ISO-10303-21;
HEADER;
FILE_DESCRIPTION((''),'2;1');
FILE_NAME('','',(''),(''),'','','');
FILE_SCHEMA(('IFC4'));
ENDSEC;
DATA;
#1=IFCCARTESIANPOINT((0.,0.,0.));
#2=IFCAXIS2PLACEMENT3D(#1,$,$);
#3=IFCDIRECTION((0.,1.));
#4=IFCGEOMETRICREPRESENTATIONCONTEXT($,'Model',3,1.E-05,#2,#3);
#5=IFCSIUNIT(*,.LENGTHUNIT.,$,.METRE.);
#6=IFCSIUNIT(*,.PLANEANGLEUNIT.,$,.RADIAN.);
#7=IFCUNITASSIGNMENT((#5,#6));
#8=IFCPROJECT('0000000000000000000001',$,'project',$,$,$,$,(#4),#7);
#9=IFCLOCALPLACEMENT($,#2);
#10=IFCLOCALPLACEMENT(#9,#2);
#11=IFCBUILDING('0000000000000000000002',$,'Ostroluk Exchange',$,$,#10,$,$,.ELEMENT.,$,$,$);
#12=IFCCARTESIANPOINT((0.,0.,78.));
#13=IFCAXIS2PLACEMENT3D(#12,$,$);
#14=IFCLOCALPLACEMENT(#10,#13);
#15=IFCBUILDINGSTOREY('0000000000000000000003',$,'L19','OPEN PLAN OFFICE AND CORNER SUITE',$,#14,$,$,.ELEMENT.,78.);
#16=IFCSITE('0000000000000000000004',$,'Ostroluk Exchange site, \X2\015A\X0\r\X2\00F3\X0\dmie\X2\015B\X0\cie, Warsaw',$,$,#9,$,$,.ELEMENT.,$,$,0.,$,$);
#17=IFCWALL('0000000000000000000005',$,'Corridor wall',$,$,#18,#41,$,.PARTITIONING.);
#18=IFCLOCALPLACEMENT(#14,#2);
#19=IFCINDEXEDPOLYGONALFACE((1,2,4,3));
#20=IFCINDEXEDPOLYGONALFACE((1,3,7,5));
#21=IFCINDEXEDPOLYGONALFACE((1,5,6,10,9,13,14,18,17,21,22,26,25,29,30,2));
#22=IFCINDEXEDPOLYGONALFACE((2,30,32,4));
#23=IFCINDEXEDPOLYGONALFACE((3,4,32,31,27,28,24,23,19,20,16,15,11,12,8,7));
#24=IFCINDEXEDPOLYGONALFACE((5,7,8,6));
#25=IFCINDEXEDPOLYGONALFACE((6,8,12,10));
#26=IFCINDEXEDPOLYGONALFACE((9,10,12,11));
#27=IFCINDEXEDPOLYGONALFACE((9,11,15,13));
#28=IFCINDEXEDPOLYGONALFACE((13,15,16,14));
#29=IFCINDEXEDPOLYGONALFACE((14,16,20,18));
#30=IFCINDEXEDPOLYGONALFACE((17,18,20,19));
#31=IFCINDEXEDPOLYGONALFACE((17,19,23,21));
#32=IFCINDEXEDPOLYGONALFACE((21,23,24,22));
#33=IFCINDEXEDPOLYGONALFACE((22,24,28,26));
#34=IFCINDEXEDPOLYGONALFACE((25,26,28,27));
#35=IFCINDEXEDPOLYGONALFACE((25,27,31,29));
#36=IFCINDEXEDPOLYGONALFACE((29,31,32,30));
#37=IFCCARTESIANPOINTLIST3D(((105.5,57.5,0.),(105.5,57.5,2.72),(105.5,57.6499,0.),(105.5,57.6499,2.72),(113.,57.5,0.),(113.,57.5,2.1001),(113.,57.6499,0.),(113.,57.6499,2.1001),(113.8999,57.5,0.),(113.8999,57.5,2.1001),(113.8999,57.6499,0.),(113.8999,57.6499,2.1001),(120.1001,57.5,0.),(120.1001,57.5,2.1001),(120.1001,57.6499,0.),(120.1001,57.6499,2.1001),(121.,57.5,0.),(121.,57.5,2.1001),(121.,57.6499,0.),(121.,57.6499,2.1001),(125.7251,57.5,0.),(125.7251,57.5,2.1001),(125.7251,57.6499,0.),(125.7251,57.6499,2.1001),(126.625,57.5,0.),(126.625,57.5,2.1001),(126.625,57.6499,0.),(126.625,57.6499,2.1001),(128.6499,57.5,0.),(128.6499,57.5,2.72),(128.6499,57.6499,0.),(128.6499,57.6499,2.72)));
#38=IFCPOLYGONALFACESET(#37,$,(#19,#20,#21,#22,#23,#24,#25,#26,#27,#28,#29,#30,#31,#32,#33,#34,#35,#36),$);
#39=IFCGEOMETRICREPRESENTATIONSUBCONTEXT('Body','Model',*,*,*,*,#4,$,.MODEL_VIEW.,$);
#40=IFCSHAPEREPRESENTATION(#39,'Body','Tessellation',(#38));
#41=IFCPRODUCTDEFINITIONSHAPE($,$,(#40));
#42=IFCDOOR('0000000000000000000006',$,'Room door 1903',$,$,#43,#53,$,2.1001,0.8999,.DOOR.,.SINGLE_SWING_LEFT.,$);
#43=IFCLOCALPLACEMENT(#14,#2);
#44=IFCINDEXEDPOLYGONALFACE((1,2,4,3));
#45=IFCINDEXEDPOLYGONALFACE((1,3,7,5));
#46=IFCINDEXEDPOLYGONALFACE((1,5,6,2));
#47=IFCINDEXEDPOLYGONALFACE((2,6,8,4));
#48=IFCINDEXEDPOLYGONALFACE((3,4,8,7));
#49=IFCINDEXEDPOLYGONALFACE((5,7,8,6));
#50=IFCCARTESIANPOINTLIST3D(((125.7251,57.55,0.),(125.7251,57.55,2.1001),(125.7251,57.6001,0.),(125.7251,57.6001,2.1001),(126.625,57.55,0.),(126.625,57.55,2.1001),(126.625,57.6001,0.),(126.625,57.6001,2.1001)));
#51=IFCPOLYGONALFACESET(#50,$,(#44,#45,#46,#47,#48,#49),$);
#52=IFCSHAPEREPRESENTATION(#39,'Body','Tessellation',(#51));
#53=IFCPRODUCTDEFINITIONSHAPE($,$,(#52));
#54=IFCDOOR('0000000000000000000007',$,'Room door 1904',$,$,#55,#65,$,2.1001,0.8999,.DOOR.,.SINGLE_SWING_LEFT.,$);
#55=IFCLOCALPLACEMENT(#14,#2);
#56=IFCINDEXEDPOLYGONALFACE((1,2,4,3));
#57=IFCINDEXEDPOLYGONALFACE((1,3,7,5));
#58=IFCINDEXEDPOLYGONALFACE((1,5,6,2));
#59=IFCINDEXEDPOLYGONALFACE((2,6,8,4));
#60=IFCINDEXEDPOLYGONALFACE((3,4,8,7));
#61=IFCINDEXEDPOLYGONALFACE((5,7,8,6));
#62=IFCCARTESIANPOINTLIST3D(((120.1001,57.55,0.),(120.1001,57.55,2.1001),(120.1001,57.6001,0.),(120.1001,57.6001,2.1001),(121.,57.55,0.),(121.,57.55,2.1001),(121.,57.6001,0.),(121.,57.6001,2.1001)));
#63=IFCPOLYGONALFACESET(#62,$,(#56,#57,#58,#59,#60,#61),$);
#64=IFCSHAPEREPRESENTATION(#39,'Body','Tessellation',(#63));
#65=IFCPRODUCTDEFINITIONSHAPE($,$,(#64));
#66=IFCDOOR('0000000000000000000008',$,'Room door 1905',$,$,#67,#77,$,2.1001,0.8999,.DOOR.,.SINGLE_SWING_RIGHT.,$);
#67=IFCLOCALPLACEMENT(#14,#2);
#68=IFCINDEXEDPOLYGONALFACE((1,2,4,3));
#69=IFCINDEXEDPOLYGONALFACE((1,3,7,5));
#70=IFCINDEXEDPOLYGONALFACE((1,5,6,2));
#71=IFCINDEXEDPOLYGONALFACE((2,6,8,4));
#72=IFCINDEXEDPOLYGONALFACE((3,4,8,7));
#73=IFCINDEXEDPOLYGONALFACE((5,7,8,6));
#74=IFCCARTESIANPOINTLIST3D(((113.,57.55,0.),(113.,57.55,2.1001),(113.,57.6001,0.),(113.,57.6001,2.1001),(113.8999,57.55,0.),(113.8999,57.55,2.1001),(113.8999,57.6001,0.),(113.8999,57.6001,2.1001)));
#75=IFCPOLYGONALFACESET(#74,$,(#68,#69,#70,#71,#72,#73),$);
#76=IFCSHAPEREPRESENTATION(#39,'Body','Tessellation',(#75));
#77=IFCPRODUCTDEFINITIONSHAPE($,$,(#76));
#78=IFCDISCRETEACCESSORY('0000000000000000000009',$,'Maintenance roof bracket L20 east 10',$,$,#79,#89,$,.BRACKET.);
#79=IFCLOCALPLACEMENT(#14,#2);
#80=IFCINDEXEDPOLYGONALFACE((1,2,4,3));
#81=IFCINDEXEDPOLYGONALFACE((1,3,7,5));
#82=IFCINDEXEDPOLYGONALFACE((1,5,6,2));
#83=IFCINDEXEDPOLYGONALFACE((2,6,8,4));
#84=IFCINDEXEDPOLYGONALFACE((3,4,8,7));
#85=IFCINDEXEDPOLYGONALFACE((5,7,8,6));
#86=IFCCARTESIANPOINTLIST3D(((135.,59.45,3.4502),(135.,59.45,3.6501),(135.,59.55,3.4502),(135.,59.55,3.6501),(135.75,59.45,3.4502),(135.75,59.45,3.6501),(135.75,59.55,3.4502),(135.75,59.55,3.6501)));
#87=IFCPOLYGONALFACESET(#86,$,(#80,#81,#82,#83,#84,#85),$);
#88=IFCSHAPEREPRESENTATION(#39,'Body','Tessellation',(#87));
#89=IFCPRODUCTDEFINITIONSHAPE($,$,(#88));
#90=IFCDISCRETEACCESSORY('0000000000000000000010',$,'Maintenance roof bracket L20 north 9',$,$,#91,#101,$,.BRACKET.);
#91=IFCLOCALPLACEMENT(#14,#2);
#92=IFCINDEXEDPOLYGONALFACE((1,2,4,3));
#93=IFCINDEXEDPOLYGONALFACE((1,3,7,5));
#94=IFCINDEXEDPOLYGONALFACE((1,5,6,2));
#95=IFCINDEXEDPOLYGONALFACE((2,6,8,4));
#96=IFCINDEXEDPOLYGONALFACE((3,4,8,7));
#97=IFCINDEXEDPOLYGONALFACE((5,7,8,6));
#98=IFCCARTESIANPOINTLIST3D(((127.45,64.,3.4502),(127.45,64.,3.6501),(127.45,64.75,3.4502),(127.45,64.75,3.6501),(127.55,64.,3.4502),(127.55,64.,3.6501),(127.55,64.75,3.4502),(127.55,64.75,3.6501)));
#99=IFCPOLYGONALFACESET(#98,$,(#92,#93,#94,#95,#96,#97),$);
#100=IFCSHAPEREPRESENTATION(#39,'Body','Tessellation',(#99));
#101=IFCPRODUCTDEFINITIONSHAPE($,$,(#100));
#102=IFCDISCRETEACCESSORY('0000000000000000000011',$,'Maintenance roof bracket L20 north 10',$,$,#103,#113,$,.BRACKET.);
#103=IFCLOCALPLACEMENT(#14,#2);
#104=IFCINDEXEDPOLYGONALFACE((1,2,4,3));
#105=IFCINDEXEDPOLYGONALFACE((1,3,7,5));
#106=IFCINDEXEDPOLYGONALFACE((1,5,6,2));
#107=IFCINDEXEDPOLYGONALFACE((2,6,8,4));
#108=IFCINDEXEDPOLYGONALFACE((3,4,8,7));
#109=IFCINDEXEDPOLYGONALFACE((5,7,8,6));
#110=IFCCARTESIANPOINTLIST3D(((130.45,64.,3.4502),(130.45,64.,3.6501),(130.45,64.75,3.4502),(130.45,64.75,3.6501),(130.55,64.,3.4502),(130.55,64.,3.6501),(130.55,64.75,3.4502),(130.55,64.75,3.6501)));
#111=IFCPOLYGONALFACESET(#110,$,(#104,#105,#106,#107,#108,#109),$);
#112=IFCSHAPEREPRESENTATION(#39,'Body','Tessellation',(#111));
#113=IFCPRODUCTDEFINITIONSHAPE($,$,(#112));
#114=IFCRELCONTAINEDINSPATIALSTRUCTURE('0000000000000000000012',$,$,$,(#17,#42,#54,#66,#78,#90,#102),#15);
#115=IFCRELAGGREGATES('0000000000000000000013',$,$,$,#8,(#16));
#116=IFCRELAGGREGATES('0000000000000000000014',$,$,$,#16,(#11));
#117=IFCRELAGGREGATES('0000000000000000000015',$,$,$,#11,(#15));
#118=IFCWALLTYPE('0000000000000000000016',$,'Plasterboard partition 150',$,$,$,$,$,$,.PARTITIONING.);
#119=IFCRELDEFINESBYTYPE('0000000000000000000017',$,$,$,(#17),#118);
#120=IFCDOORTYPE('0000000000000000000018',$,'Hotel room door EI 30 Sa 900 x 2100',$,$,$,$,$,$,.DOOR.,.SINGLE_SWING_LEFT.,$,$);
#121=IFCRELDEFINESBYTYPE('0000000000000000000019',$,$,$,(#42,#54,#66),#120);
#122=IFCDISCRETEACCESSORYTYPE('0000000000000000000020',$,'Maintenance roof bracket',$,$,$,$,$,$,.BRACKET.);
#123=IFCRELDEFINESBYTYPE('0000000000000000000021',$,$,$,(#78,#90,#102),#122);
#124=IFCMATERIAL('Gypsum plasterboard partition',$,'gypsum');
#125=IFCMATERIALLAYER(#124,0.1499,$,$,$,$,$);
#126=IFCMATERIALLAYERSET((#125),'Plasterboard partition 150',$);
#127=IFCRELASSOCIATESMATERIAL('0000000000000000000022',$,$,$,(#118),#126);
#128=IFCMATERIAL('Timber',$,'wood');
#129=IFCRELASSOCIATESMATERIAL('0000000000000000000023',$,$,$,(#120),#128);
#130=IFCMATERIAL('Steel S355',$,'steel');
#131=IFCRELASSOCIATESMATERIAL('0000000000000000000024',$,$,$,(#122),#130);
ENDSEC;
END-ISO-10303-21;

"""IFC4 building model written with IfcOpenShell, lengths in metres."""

from ifc_helpers import new_model, si_unit, direction, frame, frame_2d, origin, origin_2d, place, context, subcontext, project, spatial, rectangle, extrude, material, layer, layer_set, type_object, element, fill, save


model = new_model("IFC4")

# Units and contexts
model_context = context("Model", 3, precision=1e-05, world=origin(), true_north=direction((0.0, 1.0)))
body_context = subcontext(model_context, "Body", "Model", "MODEL_VIEW")
ifc_project = project(units=[si_unit("LENGTHUNIT", "METRE"), si_unit("PLANEANGLEUNIT", "RADIAN")], contexts=[model_context])

# Site, building, storey
site_placement = place(None, origin())
site = spatial("IfcSite", under=ifc_project, at=site_placement, Name="Ostroluk Exchange site, Śródmieście, Warsaw", CompositionType="ELEMENT", RefElevation=0.0)
building_placement = place(site_placement, origin())
building = spatial("IfcBuilding", under=site, at=building_placement, Name="Ostroluk Exchange", CompositionType="ELEMENT")
storey_placement = place(building_placement, frame((0.0, 0.0, 78.0)))
storey = spatial("IfcBuildingStorey", under=building, at=storey_placement, Name="L19", Description="OPEN PLAN OFFICE AND CORNER SUITE", CompositionType="ELEMENT", Elevation=78.0)

# Wall, openings, doors
ifc_material_1 = material(Name="Gypsum plasterboard partition", Category="gypsum")
ifc_layer_1 = layer(ifc_material_1, 0.1499)
ifc_layer_set_1 = layer_set([ifc_layer_1], Name="Plasterboard partition 150")
wall_type_1 = type_object("IfcWallType", Name="Plasterboard partition 150", PredefinedType="PARTITIONING", material=ifc_layer_set_1)
wall_1_placement = place(storey_placement, frame((128.6499, 57.575, 0.0), z_axis=(0.0, 0.0, 1.0), x_axis=(-1.0, 0.0, 0.0)))
wall_1 = element("IfcWall", 1, at=wall_1_placement, inside=storey, type_object=wall_type_1, Name="Corridor wall", PredefinedType="PARTITIONING", context=body_context, shape_type="SweptSolid", body=[
    extrude(rectangle(XDim=23.1499, YDim=0.1499, at=frame_2d((11.575, 0.0))), origin(), (0.0, 0.0, 1.0), 2.72),
])
opening_1_placement = place(wall_1_placement, frame((2.0249, 0.0, 0.0)))
opening_1 = element("IfcOpeningElement", 2, at=opening_1_placement, cuts=wall_1, PredefinedType="OPENING", context=body_context, shape_type="SweptSolid", body=[
    extrude(rectangle(XDim=0.8999, YDim=2.1001, at=frame_2d((0.45, 1.05))), frame((0.0, 0.085, 0.0), z_axis=(0.0, -1.0, 0.0), x_axis=(1.0, 0.0, 0.0)), (0.0, 0.0, 1.0), 0.1699),
])
opening_2_placement = place(wall_1_placement, frame((7.6499, 0.0, 0.0)))
opening_2 = element("IfcOpeningElement", 3, at=opening_2_placement, cuts=wall_1, PredefinedType="OPENING", context=body_context, shape_type="SweptSolid", body=[
    extrude(rectangle(XDim=0.8999, YDim=2.1001, at=frame_2d((0.45, 1.05))), frame((0.0, 0.085, 0.0), z_axis=(0.0, -1.0, 0.0), x_axis=(1.0, 0.0, 0.0)), (0.0, 0.0, 1.0), 0.1699),
])
opening_3_placement = place(wall_1_placement, frame((14.75, 0.0, 0.0)))
opening_3 = element("IfcOpeningElement", 4, at=opening_3_placement, cuts=wall_1, PredefinedType="OPENING", context=body_context, shape_type="SweptSolid", body=[
    extrude(rectangle(XDim=0.8999, YDim=2.1001, at=frame_2d((0.45, 1.05))), frame((0.0, 0.085, 0.0), z_axis=(0.0, -1.0, 0.0), x_axis=(1.0, 0.0, 0.0)), (0.0, 0.0, 1.0), 0.1699),
])
ifc_material_2 = material(Name="Timber", Category="wood")
door_type_1 = type_object("IfcDoorType", Name="Hotel room door EI 30 Sa 900 x 2100", OperationType="SINGLE_SWING_LEFT", PredefinedType="DOOR", material=ifc_material_2)
door_1_placement = place(opening_1_placement, origin())
door_1 = element("IfcDoor", 5, at=door_1_placement, inside=storey, type_object=door_type_1, Name="Room door 1903", OperationType="SINGLE_SWING_LEFT", OverallHeight=2.1001, OverallWidth=0.8999, PredefinedType="DOOR", context=body_context, shape_type="SweptSolid", body=[
    extrude(rectangle(XDim=0.8999, YDim=2.1001, at=frame_2d((0.45, 1.05))), frame((0.0, 0.0249, 0.0), z_axis=(0.0, -1.0, 0.0), x_axis=(1.0, 0.0, 0.0)), (0.0, 0.0, 1.0), 0.05),
])
fill(opening_1, door_1)
door_2_placement = place(opening_2_placement, origin())
door_2 = element("IfcDoor", 6, at=door_2_placement, inside=storey, type_object=door_type_1, Name="Room door 1904", OperationType="SINGLE_SWING_LEFT", OverallHeight=2.1001, OverallWidth=0.8999, PredefinedType="DOOR", context=body_context, shape_type="SweptSolid", body=[
    extrude(rectangle(XDim=0.8999, YDim=2.1001, at=frame_2d((0.45, 1.05))), frame((0.0, 0.0249, 0.0), z_axis=(0.0, -1.0, 0.0), x_axis=(1.0, 0.0, 0.0)), (0.0, 0.0, 1.0), 0.05),
])
fill(opening_2, door_2)
door_3_placement = place(opening_3_placement, origin())
door_3 = element("IfcDoor", 7, at=door_3_placement, inside=storey, type_object=door_type_1, Name="Room door 1905", OperationType="SINGLE_SWING_RIGHT", OverallHeight=2.1001, OverallWidth=0.8999, PredefinedType="DOOR", context=body_context, shape_type="SweptSolid", body=[
    extrude(rectangle(XDim=0.8999, YDim=2.1001, at=frame_2d((0.45, 1.05))), frame((0.0, 0.0249, 0.0), z_axis=(0.0, -1.0, 0.0), x_axis=(1.0, 0.0, 0.0)), (0.0, 0.0, 1.0), 0.05),
])
fill(opening_3, door_3)

# Discrete accessories
ifc_material_3 = material(Name="Steel S355", Category="steel")
discrete_accessory_type = type_object("IfcDiscreteAccessoryType", Name="Maintenance roof bracket", PredefinedType="BRACKET", material=ifc_material_3)
discrete_accessory_placement = place(storey_placement, frame((135.375, 59.5, 3.4502), z_axis=(0.0, 0.0, 1.0), x_axis=(1.0, 0.0, 0.0)))
element("IfcDiscreteAccessory", 8, at=discrete_accessory_placement, inside=storey, type_object=discrete_accessory_type, Name="Maintenance roof bracket L20 east 10", PredefinedType="BRACKET", context=body_context, shape_type="SweptSolid", body=[
    extrude(rectangle(XDim=0.75, YDim=0.1001, at=origin_2d()), origin(), (0.0, 0.0, 1.0), 0.2),
])
for number, where, z_axis, x_axis, name in (
    (9, (127.5, 64.375, 3.4502), (0.0, 0.0, 1.0), (1.0, 0.0, 0.0), "Maintenance roof bracket L20 north 9"),
    (10, (130.5, 64.375, 3.4502), (0.0, 0.0, 1.0), (1.0, 0.0, 0.0), "Maintenance roof bracket L20 north 10"),
):
    element("IfcDiscreteAccessory", number, at=place(storey_placement, frame(where, z_axis=z_axis, x_axis=x_axis)), inside=storey, type_object=discrete_accessory_type, Name=name, PredefinedType="BRACKET", context=body_context, shape_type="SweptSolid", body=[
        extrude(rectangle(XDim=0.1001, YDim=0.75, at=origin_2d()), origin(), (0.0, 0.0, 1.0), 0.2),
    ])

save(model, "model.ifc")
